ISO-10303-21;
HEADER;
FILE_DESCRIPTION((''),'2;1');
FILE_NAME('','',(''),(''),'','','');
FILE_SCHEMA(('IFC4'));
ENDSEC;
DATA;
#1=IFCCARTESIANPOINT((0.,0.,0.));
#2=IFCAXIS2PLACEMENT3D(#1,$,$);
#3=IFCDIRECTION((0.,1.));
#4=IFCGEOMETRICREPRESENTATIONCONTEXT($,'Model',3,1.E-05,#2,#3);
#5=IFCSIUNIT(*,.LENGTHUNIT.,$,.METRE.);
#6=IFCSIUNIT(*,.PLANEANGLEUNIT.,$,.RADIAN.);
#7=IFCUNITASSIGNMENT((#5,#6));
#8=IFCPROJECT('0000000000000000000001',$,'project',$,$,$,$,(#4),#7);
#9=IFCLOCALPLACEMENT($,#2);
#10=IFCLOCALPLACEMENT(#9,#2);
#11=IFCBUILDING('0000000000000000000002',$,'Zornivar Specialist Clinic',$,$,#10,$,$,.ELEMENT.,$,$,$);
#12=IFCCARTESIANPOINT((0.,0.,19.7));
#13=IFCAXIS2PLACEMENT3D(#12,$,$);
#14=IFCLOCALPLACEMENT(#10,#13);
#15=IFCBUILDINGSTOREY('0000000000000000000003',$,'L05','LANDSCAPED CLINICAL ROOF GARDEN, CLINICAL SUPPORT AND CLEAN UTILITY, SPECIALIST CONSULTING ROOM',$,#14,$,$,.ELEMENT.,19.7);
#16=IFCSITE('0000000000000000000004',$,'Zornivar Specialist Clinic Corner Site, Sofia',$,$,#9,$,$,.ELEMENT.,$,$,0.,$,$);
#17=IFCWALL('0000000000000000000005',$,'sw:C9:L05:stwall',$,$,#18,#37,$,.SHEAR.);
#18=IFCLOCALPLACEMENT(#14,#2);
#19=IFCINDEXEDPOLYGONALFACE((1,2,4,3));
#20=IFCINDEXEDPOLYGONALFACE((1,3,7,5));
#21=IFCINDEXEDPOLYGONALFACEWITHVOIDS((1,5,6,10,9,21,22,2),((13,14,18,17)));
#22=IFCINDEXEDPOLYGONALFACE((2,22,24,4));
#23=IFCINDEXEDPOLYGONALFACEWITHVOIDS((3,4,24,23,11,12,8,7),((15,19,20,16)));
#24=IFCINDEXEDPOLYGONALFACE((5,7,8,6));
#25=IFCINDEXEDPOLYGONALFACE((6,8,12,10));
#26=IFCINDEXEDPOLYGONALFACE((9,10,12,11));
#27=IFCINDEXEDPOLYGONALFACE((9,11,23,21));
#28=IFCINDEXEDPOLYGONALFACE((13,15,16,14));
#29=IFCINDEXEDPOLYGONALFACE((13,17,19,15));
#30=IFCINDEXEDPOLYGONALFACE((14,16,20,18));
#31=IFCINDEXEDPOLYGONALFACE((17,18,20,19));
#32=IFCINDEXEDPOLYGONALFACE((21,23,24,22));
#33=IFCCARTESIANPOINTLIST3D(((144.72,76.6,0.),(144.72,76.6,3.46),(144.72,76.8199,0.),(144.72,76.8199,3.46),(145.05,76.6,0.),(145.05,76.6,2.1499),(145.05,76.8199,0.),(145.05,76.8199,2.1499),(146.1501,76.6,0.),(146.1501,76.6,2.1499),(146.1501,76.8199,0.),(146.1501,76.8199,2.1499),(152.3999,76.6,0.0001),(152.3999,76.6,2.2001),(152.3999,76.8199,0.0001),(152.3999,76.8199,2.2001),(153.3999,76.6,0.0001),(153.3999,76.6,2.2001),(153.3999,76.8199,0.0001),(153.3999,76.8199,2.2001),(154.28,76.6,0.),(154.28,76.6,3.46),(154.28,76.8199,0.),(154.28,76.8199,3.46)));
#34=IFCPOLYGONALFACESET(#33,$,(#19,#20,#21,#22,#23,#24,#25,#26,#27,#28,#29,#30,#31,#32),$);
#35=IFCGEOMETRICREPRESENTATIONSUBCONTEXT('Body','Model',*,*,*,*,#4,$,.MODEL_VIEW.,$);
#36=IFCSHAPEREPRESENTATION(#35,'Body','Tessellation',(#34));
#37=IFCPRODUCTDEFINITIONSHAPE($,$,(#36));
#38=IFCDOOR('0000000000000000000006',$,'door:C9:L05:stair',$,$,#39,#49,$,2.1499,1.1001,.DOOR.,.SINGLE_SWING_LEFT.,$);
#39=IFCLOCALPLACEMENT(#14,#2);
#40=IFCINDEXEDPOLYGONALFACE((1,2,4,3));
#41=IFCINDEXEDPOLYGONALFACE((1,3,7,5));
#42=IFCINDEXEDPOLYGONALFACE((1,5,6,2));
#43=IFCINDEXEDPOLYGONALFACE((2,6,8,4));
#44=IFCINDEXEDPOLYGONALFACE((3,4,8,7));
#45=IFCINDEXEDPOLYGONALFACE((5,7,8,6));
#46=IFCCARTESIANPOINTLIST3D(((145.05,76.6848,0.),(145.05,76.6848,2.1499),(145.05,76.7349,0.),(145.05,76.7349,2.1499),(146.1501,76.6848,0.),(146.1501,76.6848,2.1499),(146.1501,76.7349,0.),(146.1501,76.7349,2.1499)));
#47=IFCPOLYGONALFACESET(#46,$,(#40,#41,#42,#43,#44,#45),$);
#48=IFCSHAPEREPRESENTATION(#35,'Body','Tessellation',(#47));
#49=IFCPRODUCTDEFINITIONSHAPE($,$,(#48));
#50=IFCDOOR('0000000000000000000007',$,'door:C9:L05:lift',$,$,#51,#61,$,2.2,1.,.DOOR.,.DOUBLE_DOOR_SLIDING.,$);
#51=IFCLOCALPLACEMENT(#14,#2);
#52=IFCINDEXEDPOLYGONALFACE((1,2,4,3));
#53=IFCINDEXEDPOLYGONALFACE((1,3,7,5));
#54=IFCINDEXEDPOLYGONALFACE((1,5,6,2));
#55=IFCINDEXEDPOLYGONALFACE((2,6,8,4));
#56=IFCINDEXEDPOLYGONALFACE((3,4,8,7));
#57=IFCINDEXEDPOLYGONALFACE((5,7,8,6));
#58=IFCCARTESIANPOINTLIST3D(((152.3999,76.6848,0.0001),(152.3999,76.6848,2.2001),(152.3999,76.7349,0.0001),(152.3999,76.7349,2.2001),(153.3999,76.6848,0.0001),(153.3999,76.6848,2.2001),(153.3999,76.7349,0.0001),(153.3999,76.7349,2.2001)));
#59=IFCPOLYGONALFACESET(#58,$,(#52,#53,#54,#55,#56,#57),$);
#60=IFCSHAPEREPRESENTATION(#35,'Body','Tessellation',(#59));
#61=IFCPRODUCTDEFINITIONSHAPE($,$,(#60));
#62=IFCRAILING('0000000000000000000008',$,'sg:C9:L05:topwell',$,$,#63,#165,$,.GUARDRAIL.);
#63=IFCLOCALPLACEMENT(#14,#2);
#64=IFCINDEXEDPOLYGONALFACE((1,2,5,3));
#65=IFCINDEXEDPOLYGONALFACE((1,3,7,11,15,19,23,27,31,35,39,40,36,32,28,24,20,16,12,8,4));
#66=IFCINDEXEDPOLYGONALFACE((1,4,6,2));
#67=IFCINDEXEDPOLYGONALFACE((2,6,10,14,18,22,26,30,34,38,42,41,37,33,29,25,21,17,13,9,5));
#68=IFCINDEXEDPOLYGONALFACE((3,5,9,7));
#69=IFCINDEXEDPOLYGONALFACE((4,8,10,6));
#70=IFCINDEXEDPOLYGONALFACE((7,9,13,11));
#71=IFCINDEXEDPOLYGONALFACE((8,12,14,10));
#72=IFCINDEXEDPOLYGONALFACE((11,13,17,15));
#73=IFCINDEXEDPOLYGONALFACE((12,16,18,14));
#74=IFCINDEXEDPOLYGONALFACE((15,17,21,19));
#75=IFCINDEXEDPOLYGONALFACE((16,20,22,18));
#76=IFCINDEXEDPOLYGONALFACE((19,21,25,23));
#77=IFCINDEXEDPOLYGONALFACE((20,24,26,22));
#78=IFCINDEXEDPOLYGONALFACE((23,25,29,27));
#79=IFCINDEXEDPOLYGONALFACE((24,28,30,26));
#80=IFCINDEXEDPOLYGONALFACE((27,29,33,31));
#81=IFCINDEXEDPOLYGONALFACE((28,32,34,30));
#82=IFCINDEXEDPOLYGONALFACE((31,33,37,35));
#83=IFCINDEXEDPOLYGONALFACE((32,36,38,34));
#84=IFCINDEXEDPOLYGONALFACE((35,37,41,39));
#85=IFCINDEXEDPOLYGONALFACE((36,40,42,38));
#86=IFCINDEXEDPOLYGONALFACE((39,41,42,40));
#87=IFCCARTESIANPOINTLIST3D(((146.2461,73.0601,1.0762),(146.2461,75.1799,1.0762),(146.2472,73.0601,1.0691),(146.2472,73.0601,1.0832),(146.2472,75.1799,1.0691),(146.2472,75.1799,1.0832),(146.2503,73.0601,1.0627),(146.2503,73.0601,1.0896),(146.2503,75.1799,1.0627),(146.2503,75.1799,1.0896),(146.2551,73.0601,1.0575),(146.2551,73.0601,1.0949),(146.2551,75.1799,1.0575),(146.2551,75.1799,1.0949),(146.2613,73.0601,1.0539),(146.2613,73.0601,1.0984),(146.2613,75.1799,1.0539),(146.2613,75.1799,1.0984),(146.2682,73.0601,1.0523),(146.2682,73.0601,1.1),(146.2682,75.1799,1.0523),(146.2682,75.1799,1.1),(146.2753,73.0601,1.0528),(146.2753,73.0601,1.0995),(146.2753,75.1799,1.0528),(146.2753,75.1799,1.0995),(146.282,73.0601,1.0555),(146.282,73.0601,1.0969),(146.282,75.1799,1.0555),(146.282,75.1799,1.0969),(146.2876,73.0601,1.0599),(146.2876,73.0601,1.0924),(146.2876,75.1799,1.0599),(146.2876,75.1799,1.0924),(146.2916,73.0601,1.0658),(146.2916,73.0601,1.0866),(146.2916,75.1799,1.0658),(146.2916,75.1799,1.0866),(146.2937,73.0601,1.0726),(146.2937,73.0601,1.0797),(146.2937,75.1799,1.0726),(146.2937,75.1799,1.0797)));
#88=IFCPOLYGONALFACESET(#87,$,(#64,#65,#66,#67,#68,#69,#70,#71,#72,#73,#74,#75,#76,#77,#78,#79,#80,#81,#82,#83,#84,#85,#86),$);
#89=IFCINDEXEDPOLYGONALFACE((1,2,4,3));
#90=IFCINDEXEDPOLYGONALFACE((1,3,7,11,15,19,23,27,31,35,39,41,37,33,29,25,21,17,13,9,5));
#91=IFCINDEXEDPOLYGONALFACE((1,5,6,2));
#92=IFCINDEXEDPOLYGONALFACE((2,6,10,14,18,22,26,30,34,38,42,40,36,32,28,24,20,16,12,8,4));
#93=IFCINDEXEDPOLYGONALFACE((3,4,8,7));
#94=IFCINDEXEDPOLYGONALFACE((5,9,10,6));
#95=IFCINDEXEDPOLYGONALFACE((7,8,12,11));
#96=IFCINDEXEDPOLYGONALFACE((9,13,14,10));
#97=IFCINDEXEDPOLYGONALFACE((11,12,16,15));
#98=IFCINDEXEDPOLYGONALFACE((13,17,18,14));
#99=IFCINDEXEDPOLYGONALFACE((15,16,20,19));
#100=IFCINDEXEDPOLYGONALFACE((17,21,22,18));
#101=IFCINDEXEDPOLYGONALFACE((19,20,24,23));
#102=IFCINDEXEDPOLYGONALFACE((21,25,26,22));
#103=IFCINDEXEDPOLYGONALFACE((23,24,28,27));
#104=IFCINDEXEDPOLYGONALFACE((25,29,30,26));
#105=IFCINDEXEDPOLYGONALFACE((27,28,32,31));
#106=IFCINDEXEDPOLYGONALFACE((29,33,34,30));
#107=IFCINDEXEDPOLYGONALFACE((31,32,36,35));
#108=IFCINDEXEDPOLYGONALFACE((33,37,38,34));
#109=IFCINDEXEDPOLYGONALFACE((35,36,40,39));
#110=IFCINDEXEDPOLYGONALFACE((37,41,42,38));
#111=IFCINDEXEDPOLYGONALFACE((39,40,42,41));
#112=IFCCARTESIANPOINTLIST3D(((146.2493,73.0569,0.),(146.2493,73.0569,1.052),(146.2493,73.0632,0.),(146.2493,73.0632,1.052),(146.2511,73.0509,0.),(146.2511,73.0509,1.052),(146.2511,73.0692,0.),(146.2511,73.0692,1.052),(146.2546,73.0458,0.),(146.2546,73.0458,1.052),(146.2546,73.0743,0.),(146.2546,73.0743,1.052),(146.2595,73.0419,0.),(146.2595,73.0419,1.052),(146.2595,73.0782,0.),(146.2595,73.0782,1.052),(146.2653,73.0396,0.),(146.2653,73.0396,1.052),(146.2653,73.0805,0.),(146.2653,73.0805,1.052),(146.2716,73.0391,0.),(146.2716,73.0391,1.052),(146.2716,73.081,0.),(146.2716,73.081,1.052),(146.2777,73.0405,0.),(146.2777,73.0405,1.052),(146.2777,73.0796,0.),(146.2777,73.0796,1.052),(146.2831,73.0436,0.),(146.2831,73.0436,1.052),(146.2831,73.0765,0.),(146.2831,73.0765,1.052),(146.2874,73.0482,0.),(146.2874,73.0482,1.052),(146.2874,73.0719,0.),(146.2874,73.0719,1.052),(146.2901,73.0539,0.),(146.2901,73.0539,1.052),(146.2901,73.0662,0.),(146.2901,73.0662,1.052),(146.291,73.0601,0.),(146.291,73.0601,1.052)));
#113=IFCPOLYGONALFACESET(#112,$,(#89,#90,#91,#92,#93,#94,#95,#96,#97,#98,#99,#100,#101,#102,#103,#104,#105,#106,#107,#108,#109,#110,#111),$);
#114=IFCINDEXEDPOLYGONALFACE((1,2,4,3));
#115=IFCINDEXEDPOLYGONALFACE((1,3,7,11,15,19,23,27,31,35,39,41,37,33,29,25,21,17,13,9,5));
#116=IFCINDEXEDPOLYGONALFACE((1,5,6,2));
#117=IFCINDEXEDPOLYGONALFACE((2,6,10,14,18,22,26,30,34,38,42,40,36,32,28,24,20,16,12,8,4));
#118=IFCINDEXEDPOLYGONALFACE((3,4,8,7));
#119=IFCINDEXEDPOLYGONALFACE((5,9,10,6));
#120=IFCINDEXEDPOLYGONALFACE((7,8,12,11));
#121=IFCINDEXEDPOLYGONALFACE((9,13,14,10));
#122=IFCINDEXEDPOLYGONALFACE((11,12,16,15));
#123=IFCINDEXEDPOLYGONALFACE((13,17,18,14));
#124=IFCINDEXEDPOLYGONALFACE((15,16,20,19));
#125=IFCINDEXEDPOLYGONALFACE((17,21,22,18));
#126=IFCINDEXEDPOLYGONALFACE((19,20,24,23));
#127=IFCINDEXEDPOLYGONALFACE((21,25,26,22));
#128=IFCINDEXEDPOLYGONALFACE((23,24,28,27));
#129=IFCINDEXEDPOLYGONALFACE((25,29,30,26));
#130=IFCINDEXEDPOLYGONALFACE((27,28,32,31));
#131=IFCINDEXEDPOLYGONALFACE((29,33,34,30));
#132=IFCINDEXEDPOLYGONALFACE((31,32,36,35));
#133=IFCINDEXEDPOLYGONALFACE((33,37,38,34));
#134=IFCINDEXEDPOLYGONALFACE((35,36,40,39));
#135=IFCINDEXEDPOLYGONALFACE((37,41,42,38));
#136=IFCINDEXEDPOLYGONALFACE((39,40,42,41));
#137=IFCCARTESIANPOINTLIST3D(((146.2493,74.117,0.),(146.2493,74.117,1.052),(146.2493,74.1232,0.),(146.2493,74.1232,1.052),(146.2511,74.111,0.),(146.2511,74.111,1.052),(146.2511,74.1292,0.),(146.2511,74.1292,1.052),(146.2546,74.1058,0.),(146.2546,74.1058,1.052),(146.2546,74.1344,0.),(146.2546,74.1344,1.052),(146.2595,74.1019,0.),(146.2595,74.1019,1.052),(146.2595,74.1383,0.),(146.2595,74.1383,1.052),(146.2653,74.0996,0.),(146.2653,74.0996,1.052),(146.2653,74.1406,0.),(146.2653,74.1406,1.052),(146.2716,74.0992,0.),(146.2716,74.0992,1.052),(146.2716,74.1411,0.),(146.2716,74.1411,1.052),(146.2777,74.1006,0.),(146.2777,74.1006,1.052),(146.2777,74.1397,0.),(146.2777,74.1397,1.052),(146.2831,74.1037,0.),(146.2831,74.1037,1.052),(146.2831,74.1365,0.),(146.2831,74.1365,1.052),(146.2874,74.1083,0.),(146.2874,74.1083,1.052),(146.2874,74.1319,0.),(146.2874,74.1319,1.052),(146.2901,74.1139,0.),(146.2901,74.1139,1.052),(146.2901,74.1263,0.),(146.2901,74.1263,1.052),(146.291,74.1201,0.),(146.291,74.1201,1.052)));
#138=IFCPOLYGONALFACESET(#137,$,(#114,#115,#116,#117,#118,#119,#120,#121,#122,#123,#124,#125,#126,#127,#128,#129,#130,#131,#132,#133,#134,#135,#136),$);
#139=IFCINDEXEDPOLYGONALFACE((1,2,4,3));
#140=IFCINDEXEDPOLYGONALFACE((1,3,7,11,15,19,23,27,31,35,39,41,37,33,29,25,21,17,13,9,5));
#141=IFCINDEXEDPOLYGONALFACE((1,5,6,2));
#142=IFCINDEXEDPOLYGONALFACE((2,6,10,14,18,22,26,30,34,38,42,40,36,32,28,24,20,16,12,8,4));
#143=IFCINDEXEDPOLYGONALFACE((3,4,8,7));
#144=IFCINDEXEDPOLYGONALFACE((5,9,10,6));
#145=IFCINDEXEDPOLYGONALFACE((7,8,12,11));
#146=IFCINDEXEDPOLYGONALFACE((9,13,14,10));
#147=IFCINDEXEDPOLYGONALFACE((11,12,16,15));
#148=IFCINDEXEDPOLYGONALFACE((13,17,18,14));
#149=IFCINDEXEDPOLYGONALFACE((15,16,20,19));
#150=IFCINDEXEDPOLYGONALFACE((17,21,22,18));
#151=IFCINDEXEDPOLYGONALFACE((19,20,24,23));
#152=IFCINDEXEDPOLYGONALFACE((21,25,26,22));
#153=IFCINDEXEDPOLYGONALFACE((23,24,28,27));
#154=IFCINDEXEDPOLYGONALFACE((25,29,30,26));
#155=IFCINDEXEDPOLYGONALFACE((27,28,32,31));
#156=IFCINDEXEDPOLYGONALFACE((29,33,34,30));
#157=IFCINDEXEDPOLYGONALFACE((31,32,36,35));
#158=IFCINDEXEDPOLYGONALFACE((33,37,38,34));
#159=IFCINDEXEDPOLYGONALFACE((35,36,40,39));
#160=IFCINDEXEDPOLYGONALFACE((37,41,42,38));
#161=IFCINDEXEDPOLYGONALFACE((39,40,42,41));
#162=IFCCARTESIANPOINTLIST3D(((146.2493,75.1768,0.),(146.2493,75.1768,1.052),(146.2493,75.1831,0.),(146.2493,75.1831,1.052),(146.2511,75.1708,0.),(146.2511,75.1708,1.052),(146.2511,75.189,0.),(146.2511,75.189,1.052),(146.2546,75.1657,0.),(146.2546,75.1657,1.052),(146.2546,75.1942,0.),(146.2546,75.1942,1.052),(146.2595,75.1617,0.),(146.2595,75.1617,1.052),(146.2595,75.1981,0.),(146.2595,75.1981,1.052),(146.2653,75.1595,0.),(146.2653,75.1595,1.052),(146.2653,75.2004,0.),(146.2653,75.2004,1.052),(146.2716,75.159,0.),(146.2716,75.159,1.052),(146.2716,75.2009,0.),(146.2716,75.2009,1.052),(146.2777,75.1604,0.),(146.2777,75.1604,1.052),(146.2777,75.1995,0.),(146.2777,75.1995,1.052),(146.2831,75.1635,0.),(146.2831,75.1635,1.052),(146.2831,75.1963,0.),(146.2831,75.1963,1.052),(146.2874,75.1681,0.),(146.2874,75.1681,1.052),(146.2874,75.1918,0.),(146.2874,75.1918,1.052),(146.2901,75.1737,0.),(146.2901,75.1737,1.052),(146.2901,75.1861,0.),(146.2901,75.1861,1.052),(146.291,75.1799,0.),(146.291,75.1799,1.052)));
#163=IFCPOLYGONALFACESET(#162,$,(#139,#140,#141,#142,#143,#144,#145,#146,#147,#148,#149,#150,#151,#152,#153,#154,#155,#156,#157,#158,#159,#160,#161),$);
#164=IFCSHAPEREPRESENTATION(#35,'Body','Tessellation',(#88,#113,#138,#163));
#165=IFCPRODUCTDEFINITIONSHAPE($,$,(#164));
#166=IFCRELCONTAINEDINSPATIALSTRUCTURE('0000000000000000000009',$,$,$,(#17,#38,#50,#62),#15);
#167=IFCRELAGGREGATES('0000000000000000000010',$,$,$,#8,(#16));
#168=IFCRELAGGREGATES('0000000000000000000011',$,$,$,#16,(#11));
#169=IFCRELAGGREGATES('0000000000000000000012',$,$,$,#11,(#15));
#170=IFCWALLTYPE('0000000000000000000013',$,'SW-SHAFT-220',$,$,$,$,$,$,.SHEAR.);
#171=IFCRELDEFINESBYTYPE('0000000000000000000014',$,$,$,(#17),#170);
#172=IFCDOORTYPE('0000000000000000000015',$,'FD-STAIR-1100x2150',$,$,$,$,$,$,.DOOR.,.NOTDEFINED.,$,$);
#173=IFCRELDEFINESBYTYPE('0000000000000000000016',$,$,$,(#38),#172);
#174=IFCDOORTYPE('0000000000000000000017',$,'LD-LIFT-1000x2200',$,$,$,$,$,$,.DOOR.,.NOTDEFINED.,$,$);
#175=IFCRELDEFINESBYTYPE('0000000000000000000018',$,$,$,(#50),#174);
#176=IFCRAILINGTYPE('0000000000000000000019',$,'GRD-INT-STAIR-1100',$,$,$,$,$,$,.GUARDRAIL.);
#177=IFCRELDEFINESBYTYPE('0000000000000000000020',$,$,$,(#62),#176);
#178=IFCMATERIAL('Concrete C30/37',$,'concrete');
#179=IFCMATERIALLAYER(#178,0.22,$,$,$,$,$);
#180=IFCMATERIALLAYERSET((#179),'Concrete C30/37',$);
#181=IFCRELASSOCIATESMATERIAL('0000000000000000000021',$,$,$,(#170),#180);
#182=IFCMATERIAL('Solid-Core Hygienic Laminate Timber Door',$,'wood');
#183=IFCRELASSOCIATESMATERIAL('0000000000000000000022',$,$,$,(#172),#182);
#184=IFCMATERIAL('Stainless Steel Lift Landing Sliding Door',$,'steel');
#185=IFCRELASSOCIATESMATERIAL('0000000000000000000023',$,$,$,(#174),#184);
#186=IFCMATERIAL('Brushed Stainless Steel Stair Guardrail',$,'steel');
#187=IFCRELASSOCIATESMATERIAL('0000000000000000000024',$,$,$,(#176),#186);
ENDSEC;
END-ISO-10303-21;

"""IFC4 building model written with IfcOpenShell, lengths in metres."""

from ifc_helpers import new_model, si_unit, direction, frame, frame_2d, origin, origin_2d, place, context, subcontext, project, spatial, rectangle, circle, extrude, material, layer, layer_set, type_object, element, fill, save


model = new_model("IFC4")

# Units and contexts
model_context = context("Model", 3, precision=1e-05, world=origin(), true_north=direction((0.0, 1.0)))
body_context = subcontext(model_context, "Body", "Model", "MODEL_VIEW")
ifc_project = project(units=[si_unit("LENGTHUNIT", "METRE"), si_unit("PLANEANGLEUNIT", "RADIAN")], contexts=[model_context])

# Site, building, storey
site_placement = place(None, origin())
site = spatial("IfcSite", under=ifc_project, at=site_placement, Name="Zornivar Specialist Clinic Corner Site, Sofia", CompositionType="ELEMENT", RefElevation=0.0)
building_placement = place(site_placement, origin())
building = spatial("IfcBuilding", under=site, at=building_placement, Name="Zornivar Specialist Clinic", CompositionType="ELEMENT")
storey_placement = place(building_placement, frame((0.0, 0.0, 19.7)))
storey = spatial("IfcBuildingStorey", under=building, at=storey_placement, Name="L05", Description="LANDSCAPED CLINICAL ROOF GARDEN, CLINICAL SUPPORT AND CLEAN UTILITY, SPECIALIST CONSULTING ROOM", CompositionType="ELEMENT", Elevation=19.7)

# Wall, openings, doors
ifc_material_1 = material(Name="Concrete C30/37", Category="concrete")
ifc_layer_1 = layer(ifc_material_1, 0.22)
ifc_layer_set_1 = layer_set([ifc_layer_1], Name="Concrete C30/37")
wall_type_1 = type_object("IfcWallType", Name="SW-SHAFT-220", PredefinedType="SHEAR", material=ifc_layer_set_1)
wall_1_placement = place(storey_placement, frame((144.72, 76.71, 0.0), z_axis=(0.0, 0.0, 1.0), x_axis=(1.0, 0.0, 0.0)))
wall_1 = element("IfcWall", 1, at=wall_1_placement, inside=storey, type_object=wall_type_1, Name="sw:C9:L05:stwall", PredefinedType="SHEAR", context=body_context, shape_type="SweptSolid", body=[
    extrude(rectangle(XDim=9.5601, YDim=0.22, at=frame_2d((4.78, 0.0))), origin(), (0.0, 0.0, 1.0), 3.46),
])
opening_1_placement = place(wall_1_placement, frame((0.3301, 0.0, 0.0)))
opening_1 = element("IfcOpeningElement", 2, at=opening_1_placement, cuts=wall_1, PredefinedType="OPENING", context=body_context, shape_type="SweptSolid", body=[
    extrude(rectangle(XDim=1.1001, YDim=2.1499, at=frame_2d((0.55, 1.075))), frame((0.0, 0.1199, 0.0), z_axis=(0.0, -1.0, 0.0), x_axis=(1.0, 0.0, 0.0)), (0.0, 0.0, 1.0), 0.24),
])
opening_2_placement = place(wall_1_placement, frame((7.6799, 0.0, 0.0)))
opening_2 = element("IfcOpeningElement", 3, at=opening_2_placement, cuts=wall_1, PredefinedType="OPENING", context=body_context, shape_type="SweptSolid", body=[
    extrude(rectangle(XDim=1.0, YDim=2.2, at=frame_2d((0.5, 1.1001))), frame((0.0, 0.1199, 0.0), z_axis=(0.0, -1.0, 0.0), x_axis=(1.0, 0.0, 0.0)), (0.0, 0.0, 1.0), 0.24),
])
ifc_material_2 = material(Name="Solid-Core Hygienic Laminate Timber Door", Category="wood")
door_type_1 = type_object("IfcDoorType", Name="FD-STAIR-1100x2150", OperationType="NOTDEFINED", PredefinedType="DOOR", material=ifc_material_2)
door_1_placement = place(opening_1_placement, origin())
door_1 = element("IfcDoor", 4, at=door_1_placement, inside=storey, type_object=door_type_1, Name="door:C9:L05:stair", OperationType="SINGLE_SWING_LEFT", OverallHeight=2.1499, OverallWidth=1.1001, PredefinedType="DOOR", context=body_context, shape_type="SweptSolid", body=[
    extrude(rectangle(XDim=1.1001, YDim=2.1499, at=frame_2d((0.55, 1.075))), frame((0.0, 0.0249, 0.0), z_axis=(0.0, -1.0, 0.0), x_axis=(1.0, 0.0, 0.0)), (0.0, 0.0, 1.0), 0.05),
])
fill(opening_1, door_1)
ifc_material_3 = material(Name="Stainless Steel Lift Landing Sliding Door", Category="steel")
door_type_2 = type_object("IfcDoorType", Name="LD-LIFT-1000x2200", OperationType="NOTDEFINED", PredefinedType="DOOR", material=ifc_material_3)
door_2_placement = place(opening_2_placement, origin())
door_2 = element("IfcDoor", 5, at=door_2_placement, inside=storey, type_object=door_type_2, Name="door:C9:L05:lift", OperationType="DOUBLE_DOOR_SLIDING", OverallHeight=2.2, OverallWidth=1.0, PredefinedType="DOOR", context=body_context, shape_type="SweptSolid", body=[
    extrude(rectangle(XDim=1.0, YDim=2.2, at=frame_2d((0.5, 1.1001))), frame((0.0, 0.0249, 0.0), z_axis=(0.0, -1.0, 0.0), x_axis=(1.0, 0.0, 0.0)), (0.0, 0.0, 1.0), 0.05),
])
fill(opening_2, door_2)

# Railing
ifc_material_4 = material(Name="Brushed Stainless Steel Stair Guardrail", Category="steel")
railing_type_1 = type_object("IfcRailingType", Name="GRD-INT-STAIR-1100", PredefinedType="GUARDRAIL", material=ifc_material_4)
railing_1_placement = place(storey_placement, frame((146.27, 73.0601, 0.0)))
element("IfcRailing", 6, at=railing_1_placement, inside=storey, type_object=railing_type_1, Name="sg:C9:L05:topwell", PredefinedType="GUARDRAIL", context=body_context, shape_type="SweptSolid", body=[
    extrude(circle(Radius=0.0239, at=origin_2d()), frame((0.0, 0.0, 1.0762), z_axis=(0.0, 1.0, 0.0), x_axis=(-1.0, 0.0, 0.0)), (0.0, 0.0, 1.0), 2.1199),
    extrude(circle(Radius=0.021, at=origin_2d()), origin(), (0.0, 0.0, 1.0), 1.052),
    extrude(circle(Radius=0.021, at=origin_2d()), frame((0.0, 1.0601, 0.0)), (0.0, 0.0, 1.0), 1.052),
    extrude(circle(Radius=0.021, at=origin_2d()), frame((0.0, 2.1199, 0.0)), (0.0, 0.0, 1.0), 1.052),
])

save(model, "model.ifc")
